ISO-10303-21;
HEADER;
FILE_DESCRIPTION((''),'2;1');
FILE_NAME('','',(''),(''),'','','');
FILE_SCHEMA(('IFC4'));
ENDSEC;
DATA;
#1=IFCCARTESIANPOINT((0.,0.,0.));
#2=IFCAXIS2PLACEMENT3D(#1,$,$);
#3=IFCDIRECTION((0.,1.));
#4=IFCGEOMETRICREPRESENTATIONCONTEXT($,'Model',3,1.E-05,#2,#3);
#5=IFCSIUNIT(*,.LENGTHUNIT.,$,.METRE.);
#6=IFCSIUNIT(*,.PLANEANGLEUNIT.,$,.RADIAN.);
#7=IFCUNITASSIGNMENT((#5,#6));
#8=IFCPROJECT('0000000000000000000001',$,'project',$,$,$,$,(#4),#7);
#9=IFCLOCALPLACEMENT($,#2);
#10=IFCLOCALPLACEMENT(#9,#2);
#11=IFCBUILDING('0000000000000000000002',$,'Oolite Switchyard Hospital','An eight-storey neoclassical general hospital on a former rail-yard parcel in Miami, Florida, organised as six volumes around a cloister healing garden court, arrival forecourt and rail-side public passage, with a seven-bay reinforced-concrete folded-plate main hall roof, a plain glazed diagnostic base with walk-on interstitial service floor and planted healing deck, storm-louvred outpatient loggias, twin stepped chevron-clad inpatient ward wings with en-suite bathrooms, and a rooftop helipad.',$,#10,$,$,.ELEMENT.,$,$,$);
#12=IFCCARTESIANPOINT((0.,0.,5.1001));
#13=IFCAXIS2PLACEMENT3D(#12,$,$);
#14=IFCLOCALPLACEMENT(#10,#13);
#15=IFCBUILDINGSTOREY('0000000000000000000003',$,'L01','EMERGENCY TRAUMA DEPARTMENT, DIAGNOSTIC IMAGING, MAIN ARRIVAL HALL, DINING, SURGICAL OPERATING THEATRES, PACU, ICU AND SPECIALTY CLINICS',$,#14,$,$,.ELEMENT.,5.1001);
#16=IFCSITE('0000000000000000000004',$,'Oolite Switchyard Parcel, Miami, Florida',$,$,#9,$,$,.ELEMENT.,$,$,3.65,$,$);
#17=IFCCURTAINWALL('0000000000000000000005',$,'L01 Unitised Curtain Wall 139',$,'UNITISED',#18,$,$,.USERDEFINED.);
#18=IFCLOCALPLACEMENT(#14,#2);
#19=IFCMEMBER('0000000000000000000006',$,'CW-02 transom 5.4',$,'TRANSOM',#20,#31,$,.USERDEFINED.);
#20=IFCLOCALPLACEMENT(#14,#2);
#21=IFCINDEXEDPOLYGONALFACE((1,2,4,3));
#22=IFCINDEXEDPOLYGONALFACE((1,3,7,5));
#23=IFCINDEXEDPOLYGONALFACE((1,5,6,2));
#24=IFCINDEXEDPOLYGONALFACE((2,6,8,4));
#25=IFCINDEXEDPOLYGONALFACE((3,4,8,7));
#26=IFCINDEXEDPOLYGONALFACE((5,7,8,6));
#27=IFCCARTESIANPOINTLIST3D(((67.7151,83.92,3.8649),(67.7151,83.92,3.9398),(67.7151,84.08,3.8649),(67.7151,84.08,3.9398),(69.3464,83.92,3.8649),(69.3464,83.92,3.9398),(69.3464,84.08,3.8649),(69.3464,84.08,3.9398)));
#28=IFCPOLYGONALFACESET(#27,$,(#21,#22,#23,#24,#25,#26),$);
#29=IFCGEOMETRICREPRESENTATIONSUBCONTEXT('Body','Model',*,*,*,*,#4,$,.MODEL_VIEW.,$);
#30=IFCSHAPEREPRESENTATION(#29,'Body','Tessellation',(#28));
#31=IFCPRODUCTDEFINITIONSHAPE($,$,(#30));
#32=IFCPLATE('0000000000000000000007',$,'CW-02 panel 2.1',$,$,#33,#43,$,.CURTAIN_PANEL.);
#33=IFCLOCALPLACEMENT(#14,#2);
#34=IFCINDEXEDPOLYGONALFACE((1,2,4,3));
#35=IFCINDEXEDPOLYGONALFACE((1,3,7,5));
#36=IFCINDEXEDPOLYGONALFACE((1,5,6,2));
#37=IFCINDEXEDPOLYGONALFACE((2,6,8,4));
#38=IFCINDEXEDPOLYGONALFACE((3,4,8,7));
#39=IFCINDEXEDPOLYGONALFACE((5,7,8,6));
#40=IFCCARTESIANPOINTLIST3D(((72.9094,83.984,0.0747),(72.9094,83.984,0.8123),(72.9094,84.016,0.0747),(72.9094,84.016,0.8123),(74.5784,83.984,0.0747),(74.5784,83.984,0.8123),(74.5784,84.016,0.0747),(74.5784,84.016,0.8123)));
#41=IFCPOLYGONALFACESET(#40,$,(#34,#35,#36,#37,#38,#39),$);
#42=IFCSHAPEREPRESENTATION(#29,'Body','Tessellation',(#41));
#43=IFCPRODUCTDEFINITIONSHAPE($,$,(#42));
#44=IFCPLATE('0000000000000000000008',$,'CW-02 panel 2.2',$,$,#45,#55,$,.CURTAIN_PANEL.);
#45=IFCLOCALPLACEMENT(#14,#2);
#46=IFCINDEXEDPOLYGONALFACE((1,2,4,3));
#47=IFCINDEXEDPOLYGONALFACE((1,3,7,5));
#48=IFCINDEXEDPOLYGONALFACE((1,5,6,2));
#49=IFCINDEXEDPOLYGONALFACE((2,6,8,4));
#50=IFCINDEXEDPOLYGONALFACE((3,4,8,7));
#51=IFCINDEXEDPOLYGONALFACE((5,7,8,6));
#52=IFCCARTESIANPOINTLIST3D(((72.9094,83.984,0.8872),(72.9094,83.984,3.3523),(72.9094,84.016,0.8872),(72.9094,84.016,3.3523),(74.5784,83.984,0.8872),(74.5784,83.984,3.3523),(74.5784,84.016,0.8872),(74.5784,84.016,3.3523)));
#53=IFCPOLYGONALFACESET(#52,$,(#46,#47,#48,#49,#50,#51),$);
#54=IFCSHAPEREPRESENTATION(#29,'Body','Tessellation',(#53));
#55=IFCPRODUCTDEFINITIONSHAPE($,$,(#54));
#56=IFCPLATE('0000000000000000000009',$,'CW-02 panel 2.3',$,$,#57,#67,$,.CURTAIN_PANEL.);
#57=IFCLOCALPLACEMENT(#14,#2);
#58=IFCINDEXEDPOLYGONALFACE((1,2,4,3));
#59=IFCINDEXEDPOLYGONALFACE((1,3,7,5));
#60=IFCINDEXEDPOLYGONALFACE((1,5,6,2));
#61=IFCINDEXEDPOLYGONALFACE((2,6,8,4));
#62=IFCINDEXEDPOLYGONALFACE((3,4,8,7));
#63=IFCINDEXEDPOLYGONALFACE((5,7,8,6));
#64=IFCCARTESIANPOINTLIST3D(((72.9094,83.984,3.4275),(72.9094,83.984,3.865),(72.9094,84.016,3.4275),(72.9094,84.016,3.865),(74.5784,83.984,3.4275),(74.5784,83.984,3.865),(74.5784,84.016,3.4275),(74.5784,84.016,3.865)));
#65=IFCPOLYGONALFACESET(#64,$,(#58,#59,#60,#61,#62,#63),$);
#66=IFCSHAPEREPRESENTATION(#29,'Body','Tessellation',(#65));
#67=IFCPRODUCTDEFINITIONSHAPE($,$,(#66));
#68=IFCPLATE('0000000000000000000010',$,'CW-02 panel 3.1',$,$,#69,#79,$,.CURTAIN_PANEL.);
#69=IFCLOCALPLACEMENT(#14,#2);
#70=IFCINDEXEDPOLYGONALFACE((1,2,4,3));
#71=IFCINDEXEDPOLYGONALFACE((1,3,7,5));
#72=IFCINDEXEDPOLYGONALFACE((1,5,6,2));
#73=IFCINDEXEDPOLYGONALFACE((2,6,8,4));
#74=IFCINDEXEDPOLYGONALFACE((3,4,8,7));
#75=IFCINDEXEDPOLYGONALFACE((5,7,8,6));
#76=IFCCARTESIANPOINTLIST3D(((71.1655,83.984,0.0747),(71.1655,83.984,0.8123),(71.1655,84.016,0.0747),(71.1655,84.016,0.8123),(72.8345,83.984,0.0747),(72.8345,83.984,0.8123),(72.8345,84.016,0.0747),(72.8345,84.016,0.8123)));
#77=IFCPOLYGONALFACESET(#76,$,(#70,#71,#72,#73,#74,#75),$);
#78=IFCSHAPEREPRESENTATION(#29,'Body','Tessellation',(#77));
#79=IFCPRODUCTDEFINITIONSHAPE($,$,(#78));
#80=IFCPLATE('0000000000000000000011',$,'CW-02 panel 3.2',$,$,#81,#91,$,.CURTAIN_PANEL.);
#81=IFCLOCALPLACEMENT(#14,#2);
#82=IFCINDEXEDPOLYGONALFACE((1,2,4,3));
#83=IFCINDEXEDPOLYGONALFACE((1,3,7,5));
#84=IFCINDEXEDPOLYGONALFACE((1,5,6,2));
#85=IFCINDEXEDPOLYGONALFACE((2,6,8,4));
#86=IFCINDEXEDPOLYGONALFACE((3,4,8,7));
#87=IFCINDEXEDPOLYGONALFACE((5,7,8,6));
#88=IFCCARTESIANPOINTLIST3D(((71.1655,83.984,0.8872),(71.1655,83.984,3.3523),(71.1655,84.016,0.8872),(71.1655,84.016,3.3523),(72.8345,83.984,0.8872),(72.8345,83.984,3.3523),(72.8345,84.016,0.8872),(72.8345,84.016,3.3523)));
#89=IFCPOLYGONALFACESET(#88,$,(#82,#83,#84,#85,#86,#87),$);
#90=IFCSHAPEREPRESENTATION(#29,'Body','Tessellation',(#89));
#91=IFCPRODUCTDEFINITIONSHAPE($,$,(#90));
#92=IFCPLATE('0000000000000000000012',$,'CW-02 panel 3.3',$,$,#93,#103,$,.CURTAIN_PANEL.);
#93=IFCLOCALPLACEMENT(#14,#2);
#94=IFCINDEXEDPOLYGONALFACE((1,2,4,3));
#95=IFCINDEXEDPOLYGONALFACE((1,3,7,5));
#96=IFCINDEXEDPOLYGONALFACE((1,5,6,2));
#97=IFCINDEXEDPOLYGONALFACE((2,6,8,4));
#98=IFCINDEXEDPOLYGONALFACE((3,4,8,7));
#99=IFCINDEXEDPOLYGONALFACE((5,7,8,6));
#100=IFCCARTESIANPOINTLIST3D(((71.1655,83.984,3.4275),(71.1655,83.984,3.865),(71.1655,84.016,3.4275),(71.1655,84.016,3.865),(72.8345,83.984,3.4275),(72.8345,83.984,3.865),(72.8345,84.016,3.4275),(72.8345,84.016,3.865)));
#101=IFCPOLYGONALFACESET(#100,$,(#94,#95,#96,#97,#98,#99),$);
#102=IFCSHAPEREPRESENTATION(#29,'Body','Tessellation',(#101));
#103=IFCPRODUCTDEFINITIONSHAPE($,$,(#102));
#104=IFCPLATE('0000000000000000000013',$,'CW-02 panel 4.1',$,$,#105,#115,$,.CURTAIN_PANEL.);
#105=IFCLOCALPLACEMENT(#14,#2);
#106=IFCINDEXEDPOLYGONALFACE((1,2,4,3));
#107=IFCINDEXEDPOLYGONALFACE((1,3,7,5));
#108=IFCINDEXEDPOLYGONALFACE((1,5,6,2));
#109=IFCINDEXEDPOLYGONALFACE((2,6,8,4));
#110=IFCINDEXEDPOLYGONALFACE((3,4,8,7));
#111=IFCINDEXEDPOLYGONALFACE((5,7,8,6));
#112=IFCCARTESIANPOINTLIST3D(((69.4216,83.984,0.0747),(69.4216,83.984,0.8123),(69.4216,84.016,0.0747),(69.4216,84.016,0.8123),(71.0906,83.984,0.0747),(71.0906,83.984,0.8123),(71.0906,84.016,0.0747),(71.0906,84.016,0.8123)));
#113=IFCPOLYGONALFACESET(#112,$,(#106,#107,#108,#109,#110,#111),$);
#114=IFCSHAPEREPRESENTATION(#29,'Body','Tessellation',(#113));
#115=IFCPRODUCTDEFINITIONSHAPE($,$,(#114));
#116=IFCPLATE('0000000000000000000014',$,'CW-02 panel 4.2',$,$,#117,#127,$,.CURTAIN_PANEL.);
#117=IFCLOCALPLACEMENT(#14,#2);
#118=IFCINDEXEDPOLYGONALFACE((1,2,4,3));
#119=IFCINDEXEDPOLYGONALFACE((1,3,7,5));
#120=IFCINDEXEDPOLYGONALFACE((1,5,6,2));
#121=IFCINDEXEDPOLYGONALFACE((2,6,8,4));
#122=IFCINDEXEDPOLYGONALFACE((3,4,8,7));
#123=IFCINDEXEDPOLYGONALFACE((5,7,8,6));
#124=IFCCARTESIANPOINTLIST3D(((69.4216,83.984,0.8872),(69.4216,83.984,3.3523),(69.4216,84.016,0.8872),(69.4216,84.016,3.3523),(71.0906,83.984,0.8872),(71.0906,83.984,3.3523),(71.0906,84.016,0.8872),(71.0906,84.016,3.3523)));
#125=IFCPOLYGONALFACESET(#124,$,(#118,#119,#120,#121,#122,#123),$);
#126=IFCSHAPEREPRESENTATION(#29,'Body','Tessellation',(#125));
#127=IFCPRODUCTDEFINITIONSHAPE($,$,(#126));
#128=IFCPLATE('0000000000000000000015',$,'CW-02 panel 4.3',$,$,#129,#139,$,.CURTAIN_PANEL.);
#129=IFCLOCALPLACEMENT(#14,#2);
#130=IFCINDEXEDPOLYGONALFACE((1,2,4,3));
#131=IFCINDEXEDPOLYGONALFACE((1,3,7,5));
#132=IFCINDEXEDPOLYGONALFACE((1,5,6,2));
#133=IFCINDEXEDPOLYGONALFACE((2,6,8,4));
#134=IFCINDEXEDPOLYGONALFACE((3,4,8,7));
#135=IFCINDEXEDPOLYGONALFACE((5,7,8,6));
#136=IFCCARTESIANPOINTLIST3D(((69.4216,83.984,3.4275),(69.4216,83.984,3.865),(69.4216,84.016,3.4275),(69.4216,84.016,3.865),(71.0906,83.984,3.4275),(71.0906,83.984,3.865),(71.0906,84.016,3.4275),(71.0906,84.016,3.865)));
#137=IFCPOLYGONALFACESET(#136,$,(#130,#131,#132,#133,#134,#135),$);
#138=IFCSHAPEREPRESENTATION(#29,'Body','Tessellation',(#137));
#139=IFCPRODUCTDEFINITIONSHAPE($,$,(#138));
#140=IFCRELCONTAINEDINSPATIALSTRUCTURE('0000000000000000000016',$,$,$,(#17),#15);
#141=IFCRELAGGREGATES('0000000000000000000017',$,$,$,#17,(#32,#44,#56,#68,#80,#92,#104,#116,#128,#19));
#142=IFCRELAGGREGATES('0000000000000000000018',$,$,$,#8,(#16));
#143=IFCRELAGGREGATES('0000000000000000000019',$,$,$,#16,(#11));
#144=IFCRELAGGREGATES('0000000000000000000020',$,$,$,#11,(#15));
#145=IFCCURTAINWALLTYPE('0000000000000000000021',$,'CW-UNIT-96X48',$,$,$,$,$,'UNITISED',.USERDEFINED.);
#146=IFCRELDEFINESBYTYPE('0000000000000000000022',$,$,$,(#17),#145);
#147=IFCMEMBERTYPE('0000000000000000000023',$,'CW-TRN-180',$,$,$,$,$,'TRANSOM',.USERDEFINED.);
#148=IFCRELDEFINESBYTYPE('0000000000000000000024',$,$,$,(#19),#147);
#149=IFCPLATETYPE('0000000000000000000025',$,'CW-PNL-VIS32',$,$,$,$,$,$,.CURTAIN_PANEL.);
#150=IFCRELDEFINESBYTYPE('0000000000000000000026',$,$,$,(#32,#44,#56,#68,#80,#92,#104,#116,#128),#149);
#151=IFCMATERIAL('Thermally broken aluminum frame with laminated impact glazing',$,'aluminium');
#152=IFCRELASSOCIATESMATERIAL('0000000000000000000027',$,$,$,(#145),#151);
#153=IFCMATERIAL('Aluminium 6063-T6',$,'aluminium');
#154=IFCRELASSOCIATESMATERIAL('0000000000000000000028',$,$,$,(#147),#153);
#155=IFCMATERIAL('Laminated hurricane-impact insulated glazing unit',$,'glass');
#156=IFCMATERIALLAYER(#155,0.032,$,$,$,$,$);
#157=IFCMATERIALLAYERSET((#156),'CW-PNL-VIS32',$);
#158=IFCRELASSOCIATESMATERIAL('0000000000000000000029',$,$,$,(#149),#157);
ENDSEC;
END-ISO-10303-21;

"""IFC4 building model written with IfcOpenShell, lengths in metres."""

from ifc_helpers import new_model, si_unit, direction, frame, origin, origin_2d, place, context, subcontext, project, spatial, rectangle, extrude, material, layer, layer_set, material_profile, profile_set, type_object, element, aggregate, save


model = new_model("IFC4")

# Units and contexts
model_context = context("Model", 3, precision=1e-05, world=origin(), true_north=direction((0.0, 1.0)))
body_context = subcontext(model_context, "Body", "Model", "MODEL_VIEW")
ifc_project = project(units=[si_unit("LENGTHUNIT", "METRE"), si_unit("PLANEANGLEUNIT", "RADIAN")], contexts=[model_context])

# Site, building, storey
site_placement = place(None, origin())
site = spatial("IfcSite", under=ifc_project, at=site_placement, Name="Oolite Switchyard Parcel, Miami, Florida", CompositionType="ELEMENT", RefElevation=3.65)
building_placement = place(site_placement, origin())
building = spatial("IfcBuilding", under=site, at=building_placement, Name="Oolite Switchyard Hospital", Description="An eight-storey neoclassical general hospital on a former rail-yard parcel in Miami, Florida, organised as six volumes around a cloister healing garden court, arrival forecourt and rail-side public passage, with a seven-bay reinforced-concrete folded-plate main hall roof, a plain glazed diagnostic base with walk-on interstitial service floor and planted healing deck, storm-louvred outpatient loggias, twin stepped chevron-clad inpatient ward wings with en-suite bathrooms, and a rooftop helipad.", CompositionType="ELEMENT")
storey_placement = place(building_placement, frame((0.0, 0.0, 5.1001)))
storey = spatial("IfcBuildingStorey", under=building, at=storey_placement, Name="L01", Description="EMERGENCY TRAUMA DEPARTMENT, DIAGNOSTIC IMAGING, MAIN ARRIVAL HALL, DINING, SURGICAL OPERATING THEATRES, PACU, ICU AND SPECIALTY CLINICS", CompositionType="ELEMENT", Elevation=5.1001)

# Curtain wall, member, plates
ifc_material_1 = material(Name="Thermally broken aluminum frame with laminated impact glazing", Category="aluminium")
curtain_wall_type = type_object("IfcCurtainWallType", Name="CW-UNIT-96X48", ElementType="UNITISED", PredefinedType="USERDEFINED", material=ifc_material_1)
curtain_wall_placement = place(storey_placement, origin())
curtain_wall = element("IfcCurtainWall", 1, at=curtain_wall_placement, inside=storey, type_object=curtain_wall_type, Name="L01 Unitised Curtain Wall 139", ObjectType="UNITISED", PredefinedType="USERDEFINED")
ifc_material_2 = material(Name="Aluminium 6063-T6", Category="aluminium")
ifc_material_profile_1 = material_profile(ifc_material_2, rectangle(XDim=0.1599, YDim=0.075, at=origin_2d()), Name="CWT75X160")
ifc_profile_set_1 = profile_set([ifc_material_profile_1], Name="Aluminium 6063-T6")
member_type_1 = type_object("IfcMemberType", Name="CW-TRN-180", ElementType="TRANSOM", PredefinedType="USERDEFINED", material=ifc_profile_set_1)
member_1_placement = place(storey_placement, frame((69.3464, 84.0, 3.9023), z_axis=(-1.0, 0.0, 0.0), x_axis=(0.0, -1.0, 0.0)))
member_1 = element("IfcMember", 2, at=member_1_placement, type_object=member_type_1, Name="CW-02 transom 5.4", ObjectType="TRANSOM", PredefinedType="USERDEFINED", context=body_context, shape_type="SweptSolid", body=[
    extrude(rectangle(XDim=0.1599, YDim=0.075, at=origin_2d()), origin(), (0.0, 0.0, 1.0), 1.6313),
])
ifc_material_3 = material(Name="Laminated hurricane-impact insulated glazing unit", Category="glass")
ifc_layer = layer(ifc_material_3, 0.032)
ifc_layer_set = layer_set([ifc_layer], Name="CW-PNL-VIS32")
plate_type = type_object("IfcPlateType", Name="CW-PNL-VIS32", PredefinedType="CURTAIN_PANEL", material=ifc_layer_set)
plate_1_placement = place(storey_placement, frame((73.7439, 84.0, 0.0747), z_axis=(0.0, 0.0, 1.0), x_axis=(-1.0, 0.0, 0.0)))
plate_1 = element("IfcPlate", 3, at=plate_1_placement, type_object=plate_type, Name="CW-02 panel 2.1", PredefinedType="CURTAIN_PANEL", context=body_context, shape_type="SweptSolid", body=[
    extrude(rectangle(XDim=1.6689, YDim=0.032, at=origin_2d()), origin(), (0.0, 0.0, 1.0), 0.7375),
])
plate_2_placement = place(storey_placement, frame((73.7439, 84.0, 0.8872), z_axis=(0.0, 0.0, 1.0), x_axis=(-1.0, 0.0, 0.0)))
plate_2 = element("IfcPlate", 4, at=plate_2_placement, type_object=plate_type, Name="CW-02 panel 2.2", PredefinedType="CURTAIN_PANEL", context=body_context, shape_type="SweptSolid", body=[
    extrude(rectangle(XDim=1.6689, YDim=0.032, at=origin_2d()), origin(), (0.0, 0.0, 1.0), 2.4651),
])
plate_3_placement = place(storey_placement, frame((73.7439, 84.0, 3.4275), z_axis=(0.0, 0.0, 1.0), x_axis=(-1.0, 0.0, 0.0)))
plate_3 = element("IfcPlate", 5, at=plate_3_placement, type_object=plate_type, Name="CW-02 panel 2.3", PredefinedType="CURTAIN_PANEL", context=body_context, shape_type="SweptSolid", body=[
    extrude(rectangle(XDim=1.6689, YDim=0.032, at=origin_2d()), origin(), (0.0, 0.0, 1.0), 0.4375),
])
plate_4_placement = place(storey_placement, frame((72.0, 84.0, 0.0747), z_axis=(0.0, 0.0, 1.0), x_axis=(-1.0, 0.0, 0.0)))
plate_4 = element("IfcPlate", 6, at=plate_4_placement, type_object=plate_type, Name="CW-02 panel 3.1", PredefinedType="CURTAIN_PANEL", context=body_context, shape_type="SweptSolid", body=[
    extrude(rectangle(XDim=1.6689, YDim=0.032, at=origin_2d()), origin(), (0.0, 0.0, 1.0), 0.7375),
])
plate_5_placement = place(storey_placement, frame((72.0, 84.0, 0.8872), z_axis=(0.0, 0.0, 1.0), x_axis=(-1.0, 0.0, 0.0)))
plate_5 = element("IfcPlate", 7, at=plate_5_placement, type_object=plate_type, Name="CW-02 panel 3.2", PredefinedType="CURTAIN_PANEL", context=body_context, shape_type="SweptSolid", body=[
    extrude(rectangle(XDim=1.6689, YDim=0.032, at=origin_2d()), origin(), (0.0, 0.0, 1.0), 2.4651),
])
plate_6_placement = place(storey_placement, frame((72.0, 84.0, 3.4275), z_axis=(0.0, 0.0, 1.0), x_axis=(-1.0, 0.0, 0.0)))
plate_6 = element("IfcPlate", 8, at=plate_6_placement, type_object=plate_type, Name="CW-02 panel 3.3", PredefinedType="CURTAIN_PANEL", context=body_context, shape_type="SweptSolid", body=[
    extrude(rectangle(XDim=1.6689, YDim=0.032, at=origin_2d()), origin(), (0.0, 0.0, 1.0), 0.4375),
])
plate_7_placement = place(storey_placement, frame((70.2561, 84.0, 0.0747), z_axis=(0.0, 0.0, 1.0), x_axis=(-1.0, 0.0, 0.0)))
plate_7 = element("IfcPlate", 9, at=plate_7_placement, type_object=plate_type, Name="CW-02 panel 4.1", PredefinedType="CURTAIN_PANEL", context=body_context, shape_type="SweptSolid", body=[
    extrude(rectangle(XDim=1.6689, YDim=0.032, at=origin_2d()), origin(), (0.0, 0.0, 1.0), 0.7375),
])
plate_8_placement = place(storey_placement, frame((70.2561, 84.0, 0.8872), z_axis=(0.0, 0.0, 1.0), x_axis=(-1.0, 0.0, 0.0)))
plate_8 = element("IfcPlate", 10, at=plate_8_placement, type_object=plate_type, Name="CW-02 panel 4.2", PredefinedType="CURTAIN_PANEL", context=body_context, shape_type="SweptSolid", body=[
    extrude(rectangle(XDim=1.6689, YDim=0.032, at=origin_2d()), origin(), (0.0, 0.0, 1.0), 2.4651),
])
plate_9_placement = place(storey_placement, frame((70.2561, 84.0, 3.4275), z_axis=(0.0, 0.0, 1.0), x_axis=(-1.0, 0.0, 0.0)))
plate_9 = element("IfcPlate", 11, at=plate_9_placement, type_object=plate_type, Name="CW-02 panel 4.3", PredefinedType="CURTAIN_PANEL", context=body_context, shape_type="SweptSolid", body=[
    extrude(rectangle(XDim=1.6689, YDim=0.032, at=origin_2d()), origin(), (0.0, 0.0, 1.0), 0.4375),
])
aggregate(curtain_wall, [plate_1, plate_2, plate_3, plate_4, plate_5, plate_6, plate_7, plate_8, plate_9, member_1])

save(model, "model.ifc")
